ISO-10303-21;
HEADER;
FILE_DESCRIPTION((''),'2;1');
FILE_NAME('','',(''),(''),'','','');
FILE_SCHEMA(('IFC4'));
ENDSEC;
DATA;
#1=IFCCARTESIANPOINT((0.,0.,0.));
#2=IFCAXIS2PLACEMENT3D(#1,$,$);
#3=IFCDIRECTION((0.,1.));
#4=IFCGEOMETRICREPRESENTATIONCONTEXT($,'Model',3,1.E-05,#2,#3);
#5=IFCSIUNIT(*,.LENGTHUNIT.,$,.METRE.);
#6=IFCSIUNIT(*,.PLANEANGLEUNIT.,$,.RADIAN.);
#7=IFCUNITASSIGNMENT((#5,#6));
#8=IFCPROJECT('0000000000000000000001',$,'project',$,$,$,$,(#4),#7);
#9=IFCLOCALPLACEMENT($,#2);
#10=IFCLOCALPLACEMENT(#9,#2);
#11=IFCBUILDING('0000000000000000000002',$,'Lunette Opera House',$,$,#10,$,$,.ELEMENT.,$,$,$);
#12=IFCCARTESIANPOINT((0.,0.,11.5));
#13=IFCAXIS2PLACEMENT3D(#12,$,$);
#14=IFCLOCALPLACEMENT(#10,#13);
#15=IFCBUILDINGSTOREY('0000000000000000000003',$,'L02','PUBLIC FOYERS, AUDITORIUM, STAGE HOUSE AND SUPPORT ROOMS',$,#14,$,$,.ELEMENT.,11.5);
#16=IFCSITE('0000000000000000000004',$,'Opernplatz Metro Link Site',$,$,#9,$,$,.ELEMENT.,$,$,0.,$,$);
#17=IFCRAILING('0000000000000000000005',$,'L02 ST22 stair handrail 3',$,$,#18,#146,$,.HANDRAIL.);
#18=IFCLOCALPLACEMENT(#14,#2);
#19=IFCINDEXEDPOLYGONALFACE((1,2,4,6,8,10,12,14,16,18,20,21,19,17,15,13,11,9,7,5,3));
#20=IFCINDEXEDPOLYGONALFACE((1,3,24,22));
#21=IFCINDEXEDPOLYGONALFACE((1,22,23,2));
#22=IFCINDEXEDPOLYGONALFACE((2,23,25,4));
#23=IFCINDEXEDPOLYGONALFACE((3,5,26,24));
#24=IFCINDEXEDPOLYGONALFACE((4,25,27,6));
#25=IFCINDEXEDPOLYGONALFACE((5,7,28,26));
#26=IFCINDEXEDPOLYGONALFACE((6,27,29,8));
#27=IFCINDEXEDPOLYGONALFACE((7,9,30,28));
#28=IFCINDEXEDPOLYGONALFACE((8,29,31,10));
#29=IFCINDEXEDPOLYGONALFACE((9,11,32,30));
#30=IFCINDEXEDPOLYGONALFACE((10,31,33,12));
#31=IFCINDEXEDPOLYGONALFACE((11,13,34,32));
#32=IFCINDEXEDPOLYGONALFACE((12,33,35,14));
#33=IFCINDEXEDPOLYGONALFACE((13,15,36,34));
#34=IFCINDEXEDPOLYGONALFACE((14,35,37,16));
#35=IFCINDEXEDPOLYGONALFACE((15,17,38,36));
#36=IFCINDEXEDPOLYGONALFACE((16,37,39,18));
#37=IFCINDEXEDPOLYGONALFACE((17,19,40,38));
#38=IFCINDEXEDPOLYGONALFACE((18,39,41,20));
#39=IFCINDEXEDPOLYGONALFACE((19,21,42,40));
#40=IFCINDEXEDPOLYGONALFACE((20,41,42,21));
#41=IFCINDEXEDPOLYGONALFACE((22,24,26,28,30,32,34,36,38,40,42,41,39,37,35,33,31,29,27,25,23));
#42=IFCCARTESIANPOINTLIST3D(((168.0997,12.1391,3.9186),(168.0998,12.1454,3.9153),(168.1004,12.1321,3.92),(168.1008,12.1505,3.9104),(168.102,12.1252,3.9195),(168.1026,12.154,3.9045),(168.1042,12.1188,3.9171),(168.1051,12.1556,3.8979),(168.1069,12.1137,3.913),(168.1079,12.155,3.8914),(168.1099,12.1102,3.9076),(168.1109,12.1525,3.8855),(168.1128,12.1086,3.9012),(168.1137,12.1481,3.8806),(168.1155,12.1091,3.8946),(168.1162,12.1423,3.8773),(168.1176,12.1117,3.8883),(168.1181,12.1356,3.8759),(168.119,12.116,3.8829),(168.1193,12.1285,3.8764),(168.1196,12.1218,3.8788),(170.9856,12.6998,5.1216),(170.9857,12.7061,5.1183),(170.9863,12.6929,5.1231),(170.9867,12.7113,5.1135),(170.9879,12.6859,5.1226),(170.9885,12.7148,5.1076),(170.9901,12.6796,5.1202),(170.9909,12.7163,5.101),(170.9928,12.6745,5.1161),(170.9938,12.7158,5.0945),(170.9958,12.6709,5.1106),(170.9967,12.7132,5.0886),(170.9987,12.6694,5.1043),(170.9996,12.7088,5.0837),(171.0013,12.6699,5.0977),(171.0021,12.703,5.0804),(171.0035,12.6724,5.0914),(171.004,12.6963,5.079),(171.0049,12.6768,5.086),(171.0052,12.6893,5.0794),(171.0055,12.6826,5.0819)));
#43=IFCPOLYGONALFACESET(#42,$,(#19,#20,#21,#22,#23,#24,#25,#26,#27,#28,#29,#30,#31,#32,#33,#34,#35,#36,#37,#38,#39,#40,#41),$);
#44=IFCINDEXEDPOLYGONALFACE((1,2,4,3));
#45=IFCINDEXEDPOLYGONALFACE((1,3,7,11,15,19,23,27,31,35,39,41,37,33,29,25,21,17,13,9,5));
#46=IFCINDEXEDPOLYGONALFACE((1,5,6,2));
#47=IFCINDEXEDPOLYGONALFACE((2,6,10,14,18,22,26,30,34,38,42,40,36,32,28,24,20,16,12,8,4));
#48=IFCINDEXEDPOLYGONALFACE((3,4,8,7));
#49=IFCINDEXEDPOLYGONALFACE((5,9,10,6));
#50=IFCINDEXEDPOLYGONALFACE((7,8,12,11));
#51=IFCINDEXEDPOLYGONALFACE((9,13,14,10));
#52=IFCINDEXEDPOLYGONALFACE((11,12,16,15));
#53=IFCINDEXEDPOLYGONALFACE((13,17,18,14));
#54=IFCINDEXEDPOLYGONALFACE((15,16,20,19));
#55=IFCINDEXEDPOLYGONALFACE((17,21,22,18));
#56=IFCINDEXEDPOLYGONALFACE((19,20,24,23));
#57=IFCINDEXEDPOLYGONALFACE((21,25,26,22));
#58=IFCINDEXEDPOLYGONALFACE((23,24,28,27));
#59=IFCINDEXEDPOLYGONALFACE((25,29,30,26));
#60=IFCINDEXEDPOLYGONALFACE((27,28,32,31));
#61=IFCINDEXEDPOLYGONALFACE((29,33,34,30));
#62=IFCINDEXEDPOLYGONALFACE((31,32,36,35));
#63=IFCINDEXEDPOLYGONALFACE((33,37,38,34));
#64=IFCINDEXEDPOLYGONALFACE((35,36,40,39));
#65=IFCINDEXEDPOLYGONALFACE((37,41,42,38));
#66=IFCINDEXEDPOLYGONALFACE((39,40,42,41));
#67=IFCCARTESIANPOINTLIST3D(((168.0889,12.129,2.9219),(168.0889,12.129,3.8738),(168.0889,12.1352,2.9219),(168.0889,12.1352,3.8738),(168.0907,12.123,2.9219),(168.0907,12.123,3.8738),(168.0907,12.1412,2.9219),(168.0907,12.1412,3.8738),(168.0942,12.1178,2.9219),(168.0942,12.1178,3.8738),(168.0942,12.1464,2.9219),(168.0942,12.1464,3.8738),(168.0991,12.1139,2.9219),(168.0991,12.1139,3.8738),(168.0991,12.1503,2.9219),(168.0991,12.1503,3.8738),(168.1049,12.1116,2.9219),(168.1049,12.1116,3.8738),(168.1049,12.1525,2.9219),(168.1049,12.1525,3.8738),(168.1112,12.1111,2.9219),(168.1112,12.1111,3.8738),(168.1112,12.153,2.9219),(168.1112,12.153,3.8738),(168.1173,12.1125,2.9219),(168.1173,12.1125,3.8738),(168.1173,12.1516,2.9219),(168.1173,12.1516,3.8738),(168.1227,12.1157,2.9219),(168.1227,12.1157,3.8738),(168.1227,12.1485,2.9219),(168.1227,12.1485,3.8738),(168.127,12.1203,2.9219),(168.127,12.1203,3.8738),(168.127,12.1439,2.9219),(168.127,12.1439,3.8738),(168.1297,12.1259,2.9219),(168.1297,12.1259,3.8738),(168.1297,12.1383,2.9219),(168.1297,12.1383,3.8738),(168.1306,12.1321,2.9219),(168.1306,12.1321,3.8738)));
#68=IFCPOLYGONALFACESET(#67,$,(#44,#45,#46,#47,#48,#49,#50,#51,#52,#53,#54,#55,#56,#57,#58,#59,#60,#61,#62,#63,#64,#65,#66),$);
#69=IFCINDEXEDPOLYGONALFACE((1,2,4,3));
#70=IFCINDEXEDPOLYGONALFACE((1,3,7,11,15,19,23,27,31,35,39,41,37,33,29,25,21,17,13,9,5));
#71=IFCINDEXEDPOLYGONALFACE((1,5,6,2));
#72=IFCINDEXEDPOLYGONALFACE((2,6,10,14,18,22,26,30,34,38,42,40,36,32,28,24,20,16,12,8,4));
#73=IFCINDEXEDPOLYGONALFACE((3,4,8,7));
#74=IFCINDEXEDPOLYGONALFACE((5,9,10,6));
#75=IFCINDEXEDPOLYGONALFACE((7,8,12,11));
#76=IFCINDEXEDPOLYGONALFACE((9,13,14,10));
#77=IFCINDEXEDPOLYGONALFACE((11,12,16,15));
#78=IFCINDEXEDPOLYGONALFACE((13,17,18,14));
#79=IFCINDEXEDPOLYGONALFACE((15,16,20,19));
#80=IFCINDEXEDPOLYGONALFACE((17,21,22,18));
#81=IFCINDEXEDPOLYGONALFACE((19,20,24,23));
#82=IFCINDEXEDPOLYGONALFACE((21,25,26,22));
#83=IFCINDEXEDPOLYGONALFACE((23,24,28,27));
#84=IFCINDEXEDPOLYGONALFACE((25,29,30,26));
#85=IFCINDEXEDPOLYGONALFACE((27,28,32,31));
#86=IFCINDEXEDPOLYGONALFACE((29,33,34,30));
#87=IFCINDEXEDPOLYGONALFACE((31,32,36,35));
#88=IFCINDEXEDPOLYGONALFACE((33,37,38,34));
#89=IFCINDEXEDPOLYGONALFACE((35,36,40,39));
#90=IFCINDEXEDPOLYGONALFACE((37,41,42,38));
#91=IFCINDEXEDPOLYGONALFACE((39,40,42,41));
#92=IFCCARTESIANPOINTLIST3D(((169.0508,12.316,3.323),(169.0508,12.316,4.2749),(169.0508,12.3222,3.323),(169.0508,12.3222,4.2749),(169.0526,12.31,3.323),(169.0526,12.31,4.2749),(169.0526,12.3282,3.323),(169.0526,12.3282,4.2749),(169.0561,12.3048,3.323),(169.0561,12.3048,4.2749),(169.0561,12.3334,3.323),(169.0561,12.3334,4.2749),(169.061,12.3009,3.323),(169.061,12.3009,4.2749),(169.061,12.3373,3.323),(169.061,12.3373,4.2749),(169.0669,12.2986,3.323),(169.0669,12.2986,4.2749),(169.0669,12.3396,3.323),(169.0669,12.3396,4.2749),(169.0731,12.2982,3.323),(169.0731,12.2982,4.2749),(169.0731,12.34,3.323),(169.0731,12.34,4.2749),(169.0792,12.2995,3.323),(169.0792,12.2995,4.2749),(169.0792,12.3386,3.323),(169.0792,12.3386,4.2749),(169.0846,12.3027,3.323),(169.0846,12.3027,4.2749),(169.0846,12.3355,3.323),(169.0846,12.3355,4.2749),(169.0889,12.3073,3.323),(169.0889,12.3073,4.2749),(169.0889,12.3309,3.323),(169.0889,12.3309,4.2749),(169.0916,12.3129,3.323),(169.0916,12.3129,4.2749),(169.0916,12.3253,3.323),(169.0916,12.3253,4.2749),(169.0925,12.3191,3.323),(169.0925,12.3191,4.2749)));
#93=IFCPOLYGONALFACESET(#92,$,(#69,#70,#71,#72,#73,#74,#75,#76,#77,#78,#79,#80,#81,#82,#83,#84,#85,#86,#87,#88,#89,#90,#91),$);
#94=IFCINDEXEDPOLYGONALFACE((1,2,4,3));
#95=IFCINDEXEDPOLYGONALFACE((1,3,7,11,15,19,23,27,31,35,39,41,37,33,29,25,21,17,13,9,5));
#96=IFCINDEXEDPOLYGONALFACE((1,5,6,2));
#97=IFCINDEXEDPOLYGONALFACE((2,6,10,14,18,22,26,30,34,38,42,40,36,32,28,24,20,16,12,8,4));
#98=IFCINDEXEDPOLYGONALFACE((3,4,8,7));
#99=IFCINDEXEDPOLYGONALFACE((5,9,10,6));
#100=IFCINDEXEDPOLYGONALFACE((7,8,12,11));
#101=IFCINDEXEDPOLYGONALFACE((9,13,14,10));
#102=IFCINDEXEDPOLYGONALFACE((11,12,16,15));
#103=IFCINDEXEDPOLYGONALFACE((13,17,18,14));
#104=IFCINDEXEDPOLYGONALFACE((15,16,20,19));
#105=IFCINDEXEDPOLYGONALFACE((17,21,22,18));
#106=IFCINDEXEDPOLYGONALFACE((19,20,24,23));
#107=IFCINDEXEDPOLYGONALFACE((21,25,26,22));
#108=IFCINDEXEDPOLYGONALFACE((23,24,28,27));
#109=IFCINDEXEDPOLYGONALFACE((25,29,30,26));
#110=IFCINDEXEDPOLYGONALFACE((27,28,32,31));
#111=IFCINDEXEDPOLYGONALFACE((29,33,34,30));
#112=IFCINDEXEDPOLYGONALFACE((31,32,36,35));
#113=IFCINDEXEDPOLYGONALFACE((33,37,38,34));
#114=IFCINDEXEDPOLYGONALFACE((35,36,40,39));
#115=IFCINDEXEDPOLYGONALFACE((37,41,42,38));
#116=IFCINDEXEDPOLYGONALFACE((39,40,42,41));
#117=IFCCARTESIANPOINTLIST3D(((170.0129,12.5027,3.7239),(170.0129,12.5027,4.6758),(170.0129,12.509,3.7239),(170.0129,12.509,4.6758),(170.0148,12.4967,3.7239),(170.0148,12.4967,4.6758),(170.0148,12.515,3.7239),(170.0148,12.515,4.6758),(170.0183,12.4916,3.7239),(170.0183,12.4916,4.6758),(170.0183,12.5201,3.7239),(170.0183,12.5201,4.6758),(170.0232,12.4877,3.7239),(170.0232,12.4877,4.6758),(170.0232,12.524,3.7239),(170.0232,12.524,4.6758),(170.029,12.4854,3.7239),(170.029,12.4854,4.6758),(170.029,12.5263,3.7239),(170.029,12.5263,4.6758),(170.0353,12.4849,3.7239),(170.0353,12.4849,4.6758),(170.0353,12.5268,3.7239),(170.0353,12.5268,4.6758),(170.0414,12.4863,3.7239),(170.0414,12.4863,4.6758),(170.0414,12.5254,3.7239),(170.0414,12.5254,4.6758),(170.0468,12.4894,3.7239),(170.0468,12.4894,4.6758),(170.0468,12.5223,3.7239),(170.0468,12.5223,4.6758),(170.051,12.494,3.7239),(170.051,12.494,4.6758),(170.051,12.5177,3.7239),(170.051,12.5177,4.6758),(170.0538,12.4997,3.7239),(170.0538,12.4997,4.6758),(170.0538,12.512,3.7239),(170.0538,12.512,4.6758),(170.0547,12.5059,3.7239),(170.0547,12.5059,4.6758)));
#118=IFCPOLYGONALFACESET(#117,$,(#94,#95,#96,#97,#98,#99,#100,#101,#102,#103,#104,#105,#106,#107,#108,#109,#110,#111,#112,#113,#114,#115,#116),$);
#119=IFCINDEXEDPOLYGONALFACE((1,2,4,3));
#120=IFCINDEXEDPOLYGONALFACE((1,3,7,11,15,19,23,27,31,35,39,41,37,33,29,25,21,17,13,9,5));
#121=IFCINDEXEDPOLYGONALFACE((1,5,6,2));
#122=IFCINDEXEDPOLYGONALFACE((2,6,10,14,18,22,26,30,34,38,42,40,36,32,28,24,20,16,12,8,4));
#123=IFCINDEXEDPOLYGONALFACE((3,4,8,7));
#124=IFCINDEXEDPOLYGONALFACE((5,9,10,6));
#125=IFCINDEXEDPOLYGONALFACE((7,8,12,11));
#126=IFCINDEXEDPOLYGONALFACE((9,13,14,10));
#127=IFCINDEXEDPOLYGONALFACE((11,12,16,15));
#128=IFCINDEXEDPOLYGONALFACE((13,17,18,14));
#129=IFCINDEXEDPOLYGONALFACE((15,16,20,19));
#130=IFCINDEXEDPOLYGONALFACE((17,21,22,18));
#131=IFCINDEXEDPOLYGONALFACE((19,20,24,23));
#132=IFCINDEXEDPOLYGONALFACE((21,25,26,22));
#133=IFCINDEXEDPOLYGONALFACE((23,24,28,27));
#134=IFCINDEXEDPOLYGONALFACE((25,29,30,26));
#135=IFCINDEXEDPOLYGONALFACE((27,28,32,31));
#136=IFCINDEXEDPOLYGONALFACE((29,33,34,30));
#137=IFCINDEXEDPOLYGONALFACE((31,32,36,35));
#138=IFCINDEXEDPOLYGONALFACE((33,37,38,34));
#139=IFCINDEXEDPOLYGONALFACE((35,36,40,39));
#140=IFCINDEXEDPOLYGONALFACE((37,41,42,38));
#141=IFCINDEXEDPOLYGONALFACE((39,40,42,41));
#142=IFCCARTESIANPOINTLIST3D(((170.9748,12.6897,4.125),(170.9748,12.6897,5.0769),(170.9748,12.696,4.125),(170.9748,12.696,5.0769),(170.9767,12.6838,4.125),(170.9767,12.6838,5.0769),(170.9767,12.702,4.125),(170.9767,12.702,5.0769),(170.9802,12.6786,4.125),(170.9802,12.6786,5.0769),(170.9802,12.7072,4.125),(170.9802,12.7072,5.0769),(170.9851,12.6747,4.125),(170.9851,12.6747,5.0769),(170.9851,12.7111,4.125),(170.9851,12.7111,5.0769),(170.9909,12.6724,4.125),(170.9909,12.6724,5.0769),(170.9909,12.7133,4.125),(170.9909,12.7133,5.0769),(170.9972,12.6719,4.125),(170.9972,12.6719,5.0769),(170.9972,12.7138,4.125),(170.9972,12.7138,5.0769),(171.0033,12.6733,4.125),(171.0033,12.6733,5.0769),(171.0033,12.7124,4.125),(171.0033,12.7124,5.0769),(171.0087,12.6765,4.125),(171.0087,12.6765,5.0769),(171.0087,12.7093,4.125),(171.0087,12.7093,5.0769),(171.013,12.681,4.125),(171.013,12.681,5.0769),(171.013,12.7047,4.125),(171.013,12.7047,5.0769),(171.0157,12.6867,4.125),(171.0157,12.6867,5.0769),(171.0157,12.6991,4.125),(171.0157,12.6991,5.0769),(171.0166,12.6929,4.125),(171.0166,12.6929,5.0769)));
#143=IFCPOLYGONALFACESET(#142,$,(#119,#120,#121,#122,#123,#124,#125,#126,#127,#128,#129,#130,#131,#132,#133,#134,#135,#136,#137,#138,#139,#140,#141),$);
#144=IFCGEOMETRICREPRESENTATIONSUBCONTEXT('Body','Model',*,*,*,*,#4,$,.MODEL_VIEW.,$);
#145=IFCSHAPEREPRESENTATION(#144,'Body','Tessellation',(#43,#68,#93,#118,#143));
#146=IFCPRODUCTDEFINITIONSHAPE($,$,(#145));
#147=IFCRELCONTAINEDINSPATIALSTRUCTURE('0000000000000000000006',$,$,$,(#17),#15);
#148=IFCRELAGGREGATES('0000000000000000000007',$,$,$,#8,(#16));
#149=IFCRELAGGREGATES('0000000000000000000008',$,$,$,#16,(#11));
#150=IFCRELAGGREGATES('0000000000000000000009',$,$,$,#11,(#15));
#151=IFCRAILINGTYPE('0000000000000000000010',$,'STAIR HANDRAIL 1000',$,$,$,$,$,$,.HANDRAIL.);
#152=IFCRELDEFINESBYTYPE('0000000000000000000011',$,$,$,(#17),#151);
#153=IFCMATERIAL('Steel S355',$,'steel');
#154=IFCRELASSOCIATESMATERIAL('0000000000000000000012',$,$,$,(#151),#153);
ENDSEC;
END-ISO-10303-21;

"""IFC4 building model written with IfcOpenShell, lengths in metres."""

from ifc_helpers import new_model, si_unit, direction, frame, origin, origin_2d, place, context, subcontext, project, spatial, circle, extrude, material, type_object, element, save


model = new_model("IFC4")

# Units and contexts
model_context = context("Model", 3, precision=1e-05, world=origin(), true_north=direction((0.0, 1.0)))
body_context = subcontext(model_context, "Body", "Model", "MODEL_VIEW")
ifc_project = project(units=[si_unit("LENGTHUNIT", "METRE"), si_unit("PLANEANGLEUNIT", "RADIAN")], contexts=[model_context])

# Site, building, storey
site_placement = place(None, origin())
site = spatial("IfcSite", under=ifc_project, at=site_placement, Name="Opernplatz Metro Link Site", CompositionType="ELEMENT", RefElevation=0.0)
building_placement = place(site_placement, origin())
building = spatial("IfcBuilding", under=site, at=building_placement, Name="Lunette Opera House", CompositionType="ELEMENT")
storey_placement = place(building_placement, frame((0.0, 0.0, 11.5)))
storey = spatial("IfcBuildingStorey", under=building, at=storey_placement, Name="L02", Description="PUBLIC FOYERS, AUDITORIUM, STAGE HOUSE AND SUPPORT ROOMS", CompositionType="ELEMENT", Elevation=11.5)

# Railing
ifc_material_1 = material(Name="Steel S355", Category="steel")
railing_type_1 = type_object("IfcRailingType", Name="STAIR HANDRAIL 1000", PredefinedType="HANDRAIL", material=ifc_material_1)
railing_1_placement = place(storey_placement, frame((168.1096, 12.1321, 2.9219)))
element("IfcRailing", 1, at=railing_1_placement, inside=storey, type_object=railing_type_1, Name="L02 ST22 stair handrail 3", PredefinedType="HANDRAIL", context=body_context, shape_type="SweptSolid", body=[
    extrude(circle(Radius=0.0239, at=origin_2d()), frame((0.0, 0.0, 0.9761), z_axis=(0.908509, 0.176537, 0.378744), x_axis=(-0.190747, 0.981639, 0.0)), (0.0, 0.0, 1.0), 3.1765),
    extrude(circle(Radius=0.021, at=origin_2d()), origin(), (0.0, 0.0, 1.0), 0.9519),
    extrude(circle(Radius=0.021, at=origin_2d()), frame((0.9619, 0.187, 0.4011)), (0.0, 0.0, 1.0), 0.9519),
    extrude(circle(Radius=0.021, at=origin_2d()), frame((1.9241, 0.3738, 0.802)), (0.0, 0.0, 1.0), 0.9519),
    extrude(circle(Radius=0.021, at=origin_2d()), frame((2.886, 0.5608, 1.2031)), (0.0, 0.0, 1.0), 0.9519),
])

save(model, "model.ifc")
